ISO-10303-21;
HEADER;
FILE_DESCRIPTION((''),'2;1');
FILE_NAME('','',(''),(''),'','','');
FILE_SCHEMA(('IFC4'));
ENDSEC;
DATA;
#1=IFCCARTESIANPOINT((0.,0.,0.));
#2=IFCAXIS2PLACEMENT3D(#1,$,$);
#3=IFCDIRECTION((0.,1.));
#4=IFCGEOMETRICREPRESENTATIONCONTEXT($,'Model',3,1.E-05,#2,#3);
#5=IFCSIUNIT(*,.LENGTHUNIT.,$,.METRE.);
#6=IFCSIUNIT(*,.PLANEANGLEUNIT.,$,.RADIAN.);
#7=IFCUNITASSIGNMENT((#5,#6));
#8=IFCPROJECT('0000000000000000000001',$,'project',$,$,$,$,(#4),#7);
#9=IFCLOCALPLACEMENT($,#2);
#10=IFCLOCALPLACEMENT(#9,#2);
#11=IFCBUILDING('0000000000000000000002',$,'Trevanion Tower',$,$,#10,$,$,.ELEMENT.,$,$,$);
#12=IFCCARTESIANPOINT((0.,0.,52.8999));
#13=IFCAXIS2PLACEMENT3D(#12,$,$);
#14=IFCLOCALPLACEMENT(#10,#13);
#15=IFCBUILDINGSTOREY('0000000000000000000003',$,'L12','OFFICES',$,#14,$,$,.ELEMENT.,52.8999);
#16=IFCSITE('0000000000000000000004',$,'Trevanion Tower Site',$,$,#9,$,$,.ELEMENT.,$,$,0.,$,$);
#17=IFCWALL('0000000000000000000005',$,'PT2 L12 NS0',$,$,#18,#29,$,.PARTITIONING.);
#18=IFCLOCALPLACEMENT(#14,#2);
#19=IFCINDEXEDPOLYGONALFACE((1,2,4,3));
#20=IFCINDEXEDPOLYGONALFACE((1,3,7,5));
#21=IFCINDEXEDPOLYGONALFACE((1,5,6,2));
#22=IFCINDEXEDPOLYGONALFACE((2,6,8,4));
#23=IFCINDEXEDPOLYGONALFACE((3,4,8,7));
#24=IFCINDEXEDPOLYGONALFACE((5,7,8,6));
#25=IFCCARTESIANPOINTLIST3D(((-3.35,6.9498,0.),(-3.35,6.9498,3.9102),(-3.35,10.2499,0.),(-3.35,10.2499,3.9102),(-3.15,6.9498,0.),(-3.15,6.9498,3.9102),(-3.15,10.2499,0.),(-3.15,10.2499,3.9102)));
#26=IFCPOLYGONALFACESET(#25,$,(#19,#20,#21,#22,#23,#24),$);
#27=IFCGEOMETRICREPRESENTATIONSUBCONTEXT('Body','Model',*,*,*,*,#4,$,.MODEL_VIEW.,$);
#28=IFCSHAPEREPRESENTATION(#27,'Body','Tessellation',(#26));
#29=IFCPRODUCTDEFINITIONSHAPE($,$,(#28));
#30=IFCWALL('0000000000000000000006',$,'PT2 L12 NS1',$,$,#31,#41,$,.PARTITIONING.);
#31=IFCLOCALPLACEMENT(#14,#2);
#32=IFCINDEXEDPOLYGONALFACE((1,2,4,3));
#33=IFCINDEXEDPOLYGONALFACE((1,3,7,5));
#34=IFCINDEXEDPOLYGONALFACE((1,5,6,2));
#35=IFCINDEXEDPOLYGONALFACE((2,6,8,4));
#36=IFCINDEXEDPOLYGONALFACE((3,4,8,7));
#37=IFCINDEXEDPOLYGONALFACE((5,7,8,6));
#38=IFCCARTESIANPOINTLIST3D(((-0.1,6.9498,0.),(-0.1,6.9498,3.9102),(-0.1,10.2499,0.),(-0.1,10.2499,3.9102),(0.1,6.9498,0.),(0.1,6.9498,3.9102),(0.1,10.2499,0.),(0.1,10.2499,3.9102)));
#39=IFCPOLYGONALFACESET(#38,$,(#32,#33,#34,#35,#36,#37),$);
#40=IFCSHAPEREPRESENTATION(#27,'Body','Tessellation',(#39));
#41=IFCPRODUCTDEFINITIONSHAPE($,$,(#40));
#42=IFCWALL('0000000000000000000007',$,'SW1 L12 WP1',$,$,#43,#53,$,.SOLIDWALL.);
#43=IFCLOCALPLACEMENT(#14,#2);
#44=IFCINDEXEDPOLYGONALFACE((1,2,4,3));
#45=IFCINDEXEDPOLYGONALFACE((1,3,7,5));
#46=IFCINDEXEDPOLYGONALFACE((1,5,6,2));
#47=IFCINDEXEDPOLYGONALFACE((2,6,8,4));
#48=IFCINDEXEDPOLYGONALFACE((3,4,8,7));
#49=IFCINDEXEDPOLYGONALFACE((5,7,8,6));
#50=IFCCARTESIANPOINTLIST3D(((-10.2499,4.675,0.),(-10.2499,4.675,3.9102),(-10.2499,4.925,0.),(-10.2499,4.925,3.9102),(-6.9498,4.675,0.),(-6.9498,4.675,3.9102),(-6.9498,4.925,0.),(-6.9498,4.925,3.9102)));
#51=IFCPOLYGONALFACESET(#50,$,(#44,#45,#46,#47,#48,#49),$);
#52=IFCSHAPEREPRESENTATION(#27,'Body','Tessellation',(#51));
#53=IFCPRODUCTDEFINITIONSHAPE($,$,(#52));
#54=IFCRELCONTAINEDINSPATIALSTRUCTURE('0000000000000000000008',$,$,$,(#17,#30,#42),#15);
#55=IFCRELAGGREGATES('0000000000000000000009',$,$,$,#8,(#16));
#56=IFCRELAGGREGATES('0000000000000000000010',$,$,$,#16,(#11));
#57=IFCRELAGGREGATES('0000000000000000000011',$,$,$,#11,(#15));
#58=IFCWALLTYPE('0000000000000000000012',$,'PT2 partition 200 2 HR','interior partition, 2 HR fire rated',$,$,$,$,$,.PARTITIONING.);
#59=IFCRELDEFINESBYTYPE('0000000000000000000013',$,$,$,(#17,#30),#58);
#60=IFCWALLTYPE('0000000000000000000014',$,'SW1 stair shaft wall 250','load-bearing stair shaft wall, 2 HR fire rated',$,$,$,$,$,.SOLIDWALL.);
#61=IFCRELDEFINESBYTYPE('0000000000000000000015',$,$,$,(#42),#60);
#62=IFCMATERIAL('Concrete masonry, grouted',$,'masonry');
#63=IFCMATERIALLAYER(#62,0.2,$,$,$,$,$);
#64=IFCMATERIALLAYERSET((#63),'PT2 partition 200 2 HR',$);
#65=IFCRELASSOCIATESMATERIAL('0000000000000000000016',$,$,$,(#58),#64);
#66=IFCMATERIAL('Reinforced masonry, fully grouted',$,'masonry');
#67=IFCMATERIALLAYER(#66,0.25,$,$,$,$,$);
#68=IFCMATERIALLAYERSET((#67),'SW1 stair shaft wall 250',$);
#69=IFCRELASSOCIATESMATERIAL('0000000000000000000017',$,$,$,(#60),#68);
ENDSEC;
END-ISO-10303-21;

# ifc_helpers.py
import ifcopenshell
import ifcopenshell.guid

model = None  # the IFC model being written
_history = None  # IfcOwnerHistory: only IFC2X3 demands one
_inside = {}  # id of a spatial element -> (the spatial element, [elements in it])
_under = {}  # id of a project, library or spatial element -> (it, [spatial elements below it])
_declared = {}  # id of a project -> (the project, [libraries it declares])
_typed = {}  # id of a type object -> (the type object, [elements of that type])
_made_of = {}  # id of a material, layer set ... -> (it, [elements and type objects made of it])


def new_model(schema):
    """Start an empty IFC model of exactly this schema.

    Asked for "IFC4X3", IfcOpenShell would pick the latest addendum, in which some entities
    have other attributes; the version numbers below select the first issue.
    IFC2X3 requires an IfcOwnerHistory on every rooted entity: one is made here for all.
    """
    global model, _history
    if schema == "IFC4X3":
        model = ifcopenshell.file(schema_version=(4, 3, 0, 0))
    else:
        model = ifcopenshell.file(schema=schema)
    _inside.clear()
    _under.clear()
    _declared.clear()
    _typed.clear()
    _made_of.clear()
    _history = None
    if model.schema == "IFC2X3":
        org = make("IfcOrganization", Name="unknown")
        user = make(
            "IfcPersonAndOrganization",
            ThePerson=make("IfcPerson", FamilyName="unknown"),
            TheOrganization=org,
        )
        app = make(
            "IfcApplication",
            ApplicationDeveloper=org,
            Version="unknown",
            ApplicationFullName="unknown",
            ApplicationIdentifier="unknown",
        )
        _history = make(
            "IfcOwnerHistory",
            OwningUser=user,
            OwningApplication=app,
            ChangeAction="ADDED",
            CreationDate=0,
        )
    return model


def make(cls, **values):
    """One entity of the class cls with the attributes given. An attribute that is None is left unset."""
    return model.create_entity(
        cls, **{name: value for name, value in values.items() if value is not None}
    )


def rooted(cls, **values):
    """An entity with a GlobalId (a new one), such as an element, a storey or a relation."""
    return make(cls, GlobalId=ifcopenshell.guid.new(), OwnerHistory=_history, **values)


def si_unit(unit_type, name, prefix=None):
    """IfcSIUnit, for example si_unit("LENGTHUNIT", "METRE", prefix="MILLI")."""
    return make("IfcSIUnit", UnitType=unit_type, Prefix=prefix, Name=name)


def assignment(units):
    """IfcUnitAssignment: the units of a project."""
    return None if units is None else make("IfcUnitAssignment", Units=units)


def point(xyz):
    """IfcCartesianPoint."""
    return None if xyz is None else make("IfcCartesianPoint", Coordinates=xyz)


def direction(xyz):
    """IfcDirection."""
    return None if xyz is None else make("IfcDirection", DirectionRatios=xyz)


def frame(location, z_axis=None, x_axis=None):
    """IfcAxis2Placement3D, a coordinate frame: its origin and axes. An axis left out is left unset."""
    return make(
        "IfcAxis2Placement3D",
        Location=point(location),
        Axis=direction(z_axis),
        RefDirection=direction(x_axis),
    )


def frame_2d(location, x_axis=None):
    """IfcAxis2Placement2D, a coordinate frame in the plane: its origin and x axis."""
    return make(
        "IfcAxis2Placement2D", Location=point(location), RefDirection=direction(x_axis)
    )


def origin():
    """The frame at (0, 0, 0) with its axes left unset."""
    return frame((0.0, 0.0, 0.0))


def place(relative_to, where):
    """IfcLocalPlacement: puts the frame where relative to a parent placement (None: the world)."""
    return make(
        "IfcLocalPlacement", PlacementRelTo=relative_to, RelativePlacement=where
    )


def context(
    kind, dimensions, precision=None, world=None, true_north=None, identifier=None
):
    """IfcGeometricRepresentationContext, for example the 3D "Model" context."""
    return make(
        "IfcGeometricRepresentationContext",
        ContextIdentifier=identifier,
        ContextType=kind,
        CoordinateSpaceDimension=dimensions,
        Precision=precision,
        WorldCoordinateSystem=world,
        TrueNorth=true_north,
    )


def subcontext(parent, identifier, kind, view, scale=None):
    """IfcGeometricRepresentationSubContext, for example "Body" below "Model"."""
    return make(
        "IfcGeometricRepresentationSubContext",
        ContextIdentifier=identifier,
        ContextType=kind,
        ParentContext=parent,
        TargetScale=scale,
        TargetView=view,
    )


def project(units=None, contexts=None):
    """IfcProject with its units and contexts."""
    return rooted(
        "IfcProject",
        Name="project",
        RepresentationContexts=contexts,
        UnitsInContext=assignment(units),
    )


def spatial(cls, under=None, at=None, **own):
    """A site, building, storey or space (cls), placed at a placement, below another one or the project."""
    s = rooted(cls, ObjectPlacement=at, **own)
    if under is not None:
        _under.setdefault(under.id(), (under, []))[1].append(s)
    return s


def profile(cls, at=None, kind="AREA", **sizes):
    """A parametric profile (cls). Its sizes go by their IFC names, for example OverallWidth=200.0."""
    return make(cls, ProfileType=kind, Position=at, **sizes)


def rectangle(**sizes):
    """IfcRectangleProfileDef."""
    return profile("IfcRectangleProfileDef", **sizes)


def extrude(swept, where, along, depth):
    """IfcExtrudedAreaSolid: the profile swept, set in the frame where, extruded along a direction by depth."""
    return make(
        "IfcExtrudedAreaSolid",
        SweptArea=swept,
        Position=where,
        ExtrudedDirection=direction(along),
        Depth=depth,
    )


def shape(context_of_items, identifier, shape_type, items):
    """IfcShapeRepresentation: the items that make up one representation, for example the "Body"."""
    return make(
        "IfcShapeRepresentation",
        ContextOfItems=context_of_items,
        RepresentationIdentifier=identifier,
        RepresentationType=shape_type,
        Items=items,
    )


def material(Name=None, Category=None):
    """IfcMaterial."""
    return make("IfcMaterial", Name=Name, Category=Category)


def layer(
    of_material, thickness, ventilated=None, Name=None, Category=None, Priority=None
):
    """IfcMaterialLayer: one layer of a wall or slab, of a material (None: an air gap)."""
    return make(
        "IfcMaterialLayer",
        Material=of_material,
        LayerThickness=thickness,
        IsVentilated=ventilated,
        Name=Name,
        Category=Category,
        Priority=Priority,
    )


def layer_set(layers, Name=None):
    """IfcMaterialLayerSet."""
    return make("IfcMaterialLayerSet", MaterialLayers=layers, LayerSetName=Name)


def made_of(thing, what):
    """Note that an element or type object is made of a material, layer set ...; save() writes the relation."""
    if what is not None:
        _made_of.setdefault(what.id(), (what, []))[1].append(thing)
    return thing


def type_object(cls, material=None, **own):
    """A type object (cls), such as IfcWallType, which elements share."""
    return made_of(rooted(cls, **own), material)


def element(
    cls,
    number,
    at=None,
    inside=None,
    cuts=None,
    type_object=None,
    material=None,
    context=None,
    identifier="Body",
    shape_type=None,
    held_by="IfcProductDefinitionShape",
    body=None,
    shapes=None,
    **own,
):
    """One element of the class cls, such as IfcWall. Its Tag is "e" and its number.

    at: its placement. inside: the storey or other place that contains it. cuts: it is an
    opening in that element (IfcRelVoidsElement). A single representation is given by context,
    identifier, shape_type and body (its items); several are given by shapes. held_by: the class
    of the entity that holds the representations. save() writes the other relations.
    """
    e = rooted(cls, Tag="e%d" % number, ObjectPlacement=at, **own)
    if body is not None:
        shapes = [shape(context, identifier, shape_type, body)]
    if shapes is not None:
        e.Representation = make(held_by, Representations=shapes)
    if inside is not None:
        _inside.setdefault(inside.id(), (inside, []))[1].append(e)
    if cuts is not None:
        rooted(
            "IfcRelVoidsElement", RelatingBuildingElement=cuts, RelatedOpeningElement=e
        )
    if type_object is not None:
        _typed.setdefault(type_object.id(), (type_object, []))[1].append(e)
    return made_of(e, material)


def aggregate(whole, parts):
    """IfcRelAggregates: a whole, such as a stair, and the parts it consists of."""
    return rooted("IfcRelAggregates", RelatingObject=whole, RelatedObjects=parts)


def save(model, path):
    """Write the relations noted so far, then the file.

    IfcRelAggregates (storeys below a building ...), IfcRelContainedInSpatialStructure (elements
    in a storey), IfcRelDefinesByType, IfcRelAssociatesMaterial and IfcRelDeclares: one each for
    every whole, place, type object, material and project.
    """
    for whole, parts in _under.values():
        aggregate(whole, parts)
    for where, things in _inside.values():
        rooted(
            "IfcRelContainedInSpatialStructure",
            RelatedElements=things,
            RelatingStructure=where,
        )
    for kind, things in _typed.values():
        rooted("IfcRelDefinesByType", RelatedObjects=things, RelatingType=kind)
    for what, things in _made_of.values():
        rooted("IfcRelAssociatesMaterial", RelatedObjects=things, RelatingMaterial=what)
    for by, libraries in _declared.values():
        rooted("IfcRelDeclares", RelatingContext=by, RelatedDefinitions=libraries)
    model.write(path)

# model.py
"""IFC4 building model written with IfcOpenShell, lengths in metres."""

from ifc_helpers import new_model, si_unit, direction, frame, frame_2d, origin, place, context, subcontext, project, spatial, rectangle, extrude, material, layer, layer_set, type_object, element, save


model = new_model("IFC4")

# Units and contexts
model_context = context("Model", 3, precision=1e-05, world=origin(), true_north=direction((0.0, 1.0)))
body_context = subcontext(model_context, "Body", "Model", "MODEL_VIEW")
ifc_project = project(units=[si_unit("LENGTHUNIT", "METRE"), si_unit("PLANEANGLEUNIT", "RADIAN")], contexts=[model_context])

# Site, building, storey
site_placement = place(None, origin())
site = spatial("IfcSite", under=ifc_project, at=site_placement, Name="Trevanion Tower Site", CompositionType="ELEMENT", RefElevation=0.0)
building_placement = place(site_placement, origin())
building = spatial("IfcBuilding", under=site, at=building_placement, Name="Trevanion Tower", CompositionType="ELEMENT")
storey_placement = place(building_placement, frame((0.0, 0.0, 52.8999)))
storey = spatial("IfcBuildingStorey", under=building, at=storey_placement, Name="L12", Description="OFFICES", CompositionType="ELEMENT", Elevation=52.8999)

# Walls
ifc_material_1 = material(Name="Concrete masonry, grouted", Category="masonry")
ifc_layer_1 = layer(ifc_material_1, 0.2)
ifc_layer_set_1 = layer_set([ifc_layer_1], Name="PT2 partition 200 2 HR")
wall_type_1 = type_object("IfcWallType", Name="PT2 partition 200 2 HR", Description="interior partition, 2 HR fire rated", PredefinedType="PARTITIONING", material=ifc_layer_set_1)
for number, where, z_axis, x_axis, name in (
    (1, (-3.25, 6.95, 0.0), (0.0, 0.0, 1.0), (0.0, 1.0, 0.0), "PT2 L12 NS0"),
    (2, (0.0, 6.95, 0.0), (0.0, 0.0, 1.0), (0.0, 1.0, 0.0), "PT2 L12 NS1"),
):
    element("IfcWall", number, at=place(storey_placement, frame(where, z_axis=z_axis, x_axis=x_axis)), inside=storey, type_object=wall_type_1, Name=name, PredefinedType="PARTITIONING", context=body_context, shape_type="SweptSolid", body=[
        extrude(rectangle(XDim=3.3, YDim=0.2, at=frame_2d((1.6499, 0.0))), origin(), (0.0, 0.0, 1.0), 3.9102),
    ])
ifc_material_2 = material(Name="Reinforced masonry, fully grouted", Category="masonry")
ifc_layer_2 = layer(ifc_material_2, 0.25)
ifc_layer_set_2 = layer_set([ifc_layer_2], Name="SW1 stair shaft wall 250")
wall_type_2 = type_object("IfcWallType", Name="SW1 stair shaft wall 250", Description="load-bearing stair shaft wall, 2 HR fire rated", PredefinedType="SOLIDWALL", material=ifc_layer_set_2)
wall_1_placement = place(storey_placement, frame((-6.95, 4.8, 0.0), z_axis=(0.0, 0.0, 1.0), x_axis=(-1.0, 0.0, 0.0)))
element("IfcWall", 3, at=wall_1_placement, inside=storey, type_object=wall_type_2, Name="SW1 L12 WP1", PredefinedType="SOLIDWALL", context=body_context, shape_type="SweptSolid", body=[
    extrude(rectangle(XDim=3.3, YDim=0.25, at=frame_2d((1.6499, 0.0))), origin(), (0.0, 0.0, 1.0), 3.9102),
])

save(model, "model.ifc")
